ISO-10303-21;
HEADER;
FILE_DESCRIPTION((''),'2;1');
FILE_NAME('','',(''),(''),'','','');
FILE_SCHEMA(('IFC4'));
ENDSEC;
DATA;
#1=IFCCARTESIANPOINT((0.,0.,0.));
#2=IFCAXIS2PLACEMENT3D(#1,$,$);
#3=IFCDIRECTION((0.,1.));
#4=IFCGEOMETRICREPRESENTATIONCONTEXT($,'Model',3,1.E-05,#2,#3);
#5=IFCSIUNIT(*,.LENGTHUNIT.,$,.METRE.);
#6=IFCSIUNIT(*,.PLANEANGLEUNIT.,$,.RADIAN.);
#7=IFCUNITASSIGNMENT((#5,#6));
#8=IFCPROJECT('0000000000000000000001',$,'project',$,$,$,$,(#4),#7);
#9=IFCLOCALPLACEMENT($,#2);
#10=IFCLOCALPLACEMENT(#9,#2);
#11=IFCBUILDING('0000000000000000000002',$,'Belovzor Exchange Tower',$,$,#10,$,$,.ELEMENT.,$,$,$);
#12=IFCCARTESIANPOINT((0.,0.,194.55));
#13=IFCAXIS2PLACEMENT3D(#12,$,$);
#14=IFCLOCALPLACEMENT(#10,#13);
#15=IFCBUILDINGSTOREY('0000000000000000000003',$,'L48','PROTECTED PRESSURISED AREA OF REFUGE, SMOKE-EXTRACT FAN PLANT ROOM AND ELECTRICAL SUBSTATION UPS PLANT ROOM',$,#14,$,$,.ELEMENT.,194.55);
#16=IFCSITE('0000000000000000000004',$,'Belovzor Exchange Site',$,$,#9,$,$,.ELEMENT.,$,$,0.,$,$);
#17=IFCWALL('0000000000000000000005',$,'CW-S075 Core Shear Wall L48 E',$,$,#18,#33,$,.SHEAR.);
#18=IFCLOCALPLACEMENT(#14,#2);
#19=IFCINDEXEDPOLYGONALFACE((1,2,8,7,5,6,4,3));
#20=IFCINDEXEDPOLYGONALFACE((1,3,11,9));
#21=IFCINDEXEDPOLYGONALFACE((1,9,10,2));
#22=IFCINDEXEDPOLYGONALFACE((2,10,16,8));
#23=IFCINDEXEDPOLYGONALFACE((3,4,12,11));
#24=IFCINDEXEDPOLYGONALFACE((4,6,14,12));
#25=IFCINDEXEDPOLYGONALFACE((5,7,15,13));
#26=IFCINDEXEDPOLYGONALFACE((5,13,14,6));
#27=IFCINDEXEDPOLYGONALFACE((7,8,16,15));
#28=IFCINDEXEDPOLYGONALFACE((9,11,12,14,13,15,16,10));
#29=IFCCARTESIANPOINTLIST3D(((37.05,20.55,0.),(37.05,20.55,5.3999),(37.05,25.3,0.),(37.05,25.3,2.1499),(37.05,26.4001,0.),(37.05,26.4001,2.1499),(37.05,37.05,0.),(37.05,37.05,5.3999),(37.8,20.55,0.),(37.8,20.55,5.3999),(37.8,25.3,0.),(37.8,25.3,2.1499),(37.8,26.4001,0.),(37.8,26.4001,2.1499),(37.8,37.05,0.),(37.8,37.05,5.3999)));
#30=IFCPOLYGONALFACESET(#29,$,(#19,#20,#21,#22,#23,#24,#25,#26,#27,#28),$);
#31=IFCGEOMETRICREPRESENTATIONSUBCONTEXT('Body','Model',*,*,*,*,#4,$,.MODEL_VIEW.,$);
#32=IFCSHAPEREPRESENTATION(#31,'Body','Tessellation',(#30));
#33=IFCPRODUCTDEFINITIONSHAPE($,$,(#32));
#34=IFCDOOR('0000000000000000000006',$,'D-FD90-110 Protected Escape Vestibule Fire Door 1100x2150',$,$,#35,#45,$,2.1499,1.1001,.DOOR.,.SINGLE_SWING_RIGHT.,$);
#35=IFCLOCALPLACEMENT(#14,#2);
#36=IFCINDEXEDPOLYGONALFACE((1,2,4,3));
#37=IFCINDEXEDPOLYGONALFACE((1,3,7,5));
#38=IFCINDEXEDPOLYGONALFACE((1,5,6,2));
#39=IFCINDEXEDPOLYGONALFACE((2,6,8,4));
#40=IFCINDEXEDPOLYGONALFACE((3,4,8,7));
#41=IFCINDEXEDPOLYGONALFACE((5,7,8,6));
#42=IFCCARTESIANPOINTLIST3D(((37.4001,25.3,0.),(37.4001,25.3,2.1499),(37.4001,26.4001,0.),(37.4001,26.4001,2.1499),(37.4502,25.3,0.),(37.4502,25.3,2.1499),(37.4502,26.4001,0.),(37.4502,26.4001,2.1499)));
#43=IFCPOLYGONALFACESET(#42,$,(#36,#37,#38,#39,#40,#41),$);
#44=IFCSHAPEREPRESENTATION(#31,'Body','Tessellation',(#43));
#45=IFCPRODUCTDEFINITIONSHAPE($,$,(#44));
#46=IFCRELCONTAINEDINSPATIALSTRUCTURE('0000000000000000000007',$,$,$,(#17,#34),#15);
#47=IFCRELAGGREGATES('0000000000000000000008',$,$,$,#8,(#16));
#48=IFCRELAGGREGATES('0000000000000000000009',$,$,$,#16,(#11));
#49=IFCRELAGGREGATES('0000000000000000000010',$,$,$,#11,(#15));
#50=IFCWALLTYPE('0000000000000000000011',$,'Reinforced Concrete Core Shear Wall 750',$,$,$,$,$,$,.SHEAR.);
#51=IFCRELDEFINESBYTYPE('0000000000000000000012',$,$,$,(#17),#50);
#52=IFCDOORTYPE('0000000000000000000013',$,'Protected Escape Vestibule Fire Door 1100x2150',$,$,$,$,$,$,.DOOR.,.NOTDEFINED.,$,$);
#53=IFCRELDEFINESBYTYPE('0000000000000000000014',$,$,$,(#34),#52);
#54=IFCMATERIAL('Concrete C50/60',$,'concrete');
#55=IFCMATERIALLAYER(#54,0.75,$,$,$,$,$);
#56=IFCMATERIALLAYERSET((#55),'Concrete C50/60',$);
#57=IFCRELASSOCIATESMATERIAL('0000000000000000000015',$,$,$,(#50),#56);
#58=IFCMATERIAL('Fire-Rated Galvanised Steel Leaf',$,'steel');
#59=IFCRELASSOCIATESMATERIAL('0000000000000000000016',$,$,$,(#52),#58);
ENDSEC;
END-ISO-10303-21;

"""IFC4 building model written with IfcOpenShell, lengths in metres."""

from ifc_helpers import new_model, si_unit, direction, frame, frame_2d, origin, place, context, subcontext, project, spatial, rectangle, extrude, material, layer, layer_set, type_object, element, fill, save


model = new_model("IFC4")

# Units and contexts
model_context = context("Model", 3, precision=1e-05, world=origin(), true_north=direction((0.0, 1.0)))
body_context = subcontext(model_context, "Body", "Model", "MODEL_VIEW")
ifc_project = project(units=[si_unit("LENGTHUNIT", "METRE"), si_unit("PLANEANGLEUNIT", "RADIAN")], contexts=[model_context])

# Site, building, storey
site_placement = place(None, origin())
site = spatial("IfcSite", under=ifc_project, at=site_placement, Name="Belovzor Exchange Site", CompositionType="ELEMENT", RefElevation=0.0)
building_placement = place(site_placement, origin())
building = spatial("IfcBuilding", under=site, at=building_placement, Name="Belovzor Exchange Tower", CompositionType="ELEMENT")
storey_placement = place(building_placement, frame((0.0, 0.0, 194.55)))
storey = spatial("IfcBuildingStorey", under=building, at=storey_placement, Name="L48", Description="PROTECTED PRESSURISED AREA OF REFUGE, SMOKE-EXTRACT FAN PLANT ROOM AND ELECTRICAL SUBSTATION UPS PLANT ROOM", CompositionType="ELEMENT", Elevation=194.55)

# Wall, opening, door
ifc_material_1 = material(Name="Concrete C50/60", Category="concrete")
ifc_layer_1 = layer(ifc_material_1, 0.75)
ifc_layer_set_1 = layer_set([ifc_layer_1], Name="Concrete C50/60")
wall_type_1 = type_object("IfcWallType", Name="Reinforced Concrete Core Shear Wall 750", PredefinedType="SHEAR", material=ifc_layer_set_1)
wall_1_placement = place(storey_placement, frame((37.425, 20.55, 0.0), z_axis=(0.0, 0.0, 1.0), x_axis=(0.0, 1.0, 0.0)))
wall_1 = element("IfcWall", 1, at=wall_1_placement, inside=storey, type_object=wall_type_1, Name="CW-S075 Core Shear Wall L48 E", PredefinedType="SHEAR", context=body_context, shape_type="SweptSolid", body=[
    extrude(rectangle(XDim=16.5, YDim=0.75, at=frame_2d((8.25, 0.0))), origin(), (0.0, 0.0, 1.0), 5.3999),
])
opening_1_placement = place(wall_1_placement, frame((4.75, 0.0, 0.0)))
opening_1 = element("IfcOpeningElement", 2, at=opening_1_placement, cuts=wall_1, PredefinedType="OPENING", context=body_context, shape_type="SweptSolid", body=[
    extrude(rectangle(XDim=1.1001, YDim=2.1499, at=frame_2d((0.55, 1.075))), frame((0.0, 0.385, 0.0), z_axis=(0.0, -1.0, 0.0), x_axis=(1.0, 0.0, 0.0)), (0.0, 0.0, 1.0), 0.77),
])
ifc_material_2 = material(Name="Fire-Rated Galvanised Steel Leaf", Category="steel")
door_type_1 = type_object("IfcDoorType", Name="Protected Escape Vestibule Fire Door 1100x2150", OperationType="NOTDEFINED", PredefinedType="DOOR", material=ifc_material_2)
door_1_placement = place(opening_1_placement, origin())
door_1 = element("IfcDoor", 3, at=door_1_placement, inside=storey, type_object=door_type_1, Name="D-FD90-110 Protected Escape Vestibule Fire Door 1100x2150", OperationType="SINGLE_SWING_RIGHT", OverallHeight=2.1499, OverallWidth=1.1001, PredefinedType="DOOR", context=body_context, shape_type="SweptSolid", body=[
    extrude(rectangle(XDim=1.1001, YDim=2.1499, at=frame_2d((0.55, 1.075))), frame((0.0, 0.0249, 0.0), z_axis=(0.0, -1.0, 0.0), x_axis=(1.0, 0.0, 0.0)), (0.0, 0.0, 1.0), 0.05),
])
fill(opening_1, door_1)

save(model, "model.ifc")
